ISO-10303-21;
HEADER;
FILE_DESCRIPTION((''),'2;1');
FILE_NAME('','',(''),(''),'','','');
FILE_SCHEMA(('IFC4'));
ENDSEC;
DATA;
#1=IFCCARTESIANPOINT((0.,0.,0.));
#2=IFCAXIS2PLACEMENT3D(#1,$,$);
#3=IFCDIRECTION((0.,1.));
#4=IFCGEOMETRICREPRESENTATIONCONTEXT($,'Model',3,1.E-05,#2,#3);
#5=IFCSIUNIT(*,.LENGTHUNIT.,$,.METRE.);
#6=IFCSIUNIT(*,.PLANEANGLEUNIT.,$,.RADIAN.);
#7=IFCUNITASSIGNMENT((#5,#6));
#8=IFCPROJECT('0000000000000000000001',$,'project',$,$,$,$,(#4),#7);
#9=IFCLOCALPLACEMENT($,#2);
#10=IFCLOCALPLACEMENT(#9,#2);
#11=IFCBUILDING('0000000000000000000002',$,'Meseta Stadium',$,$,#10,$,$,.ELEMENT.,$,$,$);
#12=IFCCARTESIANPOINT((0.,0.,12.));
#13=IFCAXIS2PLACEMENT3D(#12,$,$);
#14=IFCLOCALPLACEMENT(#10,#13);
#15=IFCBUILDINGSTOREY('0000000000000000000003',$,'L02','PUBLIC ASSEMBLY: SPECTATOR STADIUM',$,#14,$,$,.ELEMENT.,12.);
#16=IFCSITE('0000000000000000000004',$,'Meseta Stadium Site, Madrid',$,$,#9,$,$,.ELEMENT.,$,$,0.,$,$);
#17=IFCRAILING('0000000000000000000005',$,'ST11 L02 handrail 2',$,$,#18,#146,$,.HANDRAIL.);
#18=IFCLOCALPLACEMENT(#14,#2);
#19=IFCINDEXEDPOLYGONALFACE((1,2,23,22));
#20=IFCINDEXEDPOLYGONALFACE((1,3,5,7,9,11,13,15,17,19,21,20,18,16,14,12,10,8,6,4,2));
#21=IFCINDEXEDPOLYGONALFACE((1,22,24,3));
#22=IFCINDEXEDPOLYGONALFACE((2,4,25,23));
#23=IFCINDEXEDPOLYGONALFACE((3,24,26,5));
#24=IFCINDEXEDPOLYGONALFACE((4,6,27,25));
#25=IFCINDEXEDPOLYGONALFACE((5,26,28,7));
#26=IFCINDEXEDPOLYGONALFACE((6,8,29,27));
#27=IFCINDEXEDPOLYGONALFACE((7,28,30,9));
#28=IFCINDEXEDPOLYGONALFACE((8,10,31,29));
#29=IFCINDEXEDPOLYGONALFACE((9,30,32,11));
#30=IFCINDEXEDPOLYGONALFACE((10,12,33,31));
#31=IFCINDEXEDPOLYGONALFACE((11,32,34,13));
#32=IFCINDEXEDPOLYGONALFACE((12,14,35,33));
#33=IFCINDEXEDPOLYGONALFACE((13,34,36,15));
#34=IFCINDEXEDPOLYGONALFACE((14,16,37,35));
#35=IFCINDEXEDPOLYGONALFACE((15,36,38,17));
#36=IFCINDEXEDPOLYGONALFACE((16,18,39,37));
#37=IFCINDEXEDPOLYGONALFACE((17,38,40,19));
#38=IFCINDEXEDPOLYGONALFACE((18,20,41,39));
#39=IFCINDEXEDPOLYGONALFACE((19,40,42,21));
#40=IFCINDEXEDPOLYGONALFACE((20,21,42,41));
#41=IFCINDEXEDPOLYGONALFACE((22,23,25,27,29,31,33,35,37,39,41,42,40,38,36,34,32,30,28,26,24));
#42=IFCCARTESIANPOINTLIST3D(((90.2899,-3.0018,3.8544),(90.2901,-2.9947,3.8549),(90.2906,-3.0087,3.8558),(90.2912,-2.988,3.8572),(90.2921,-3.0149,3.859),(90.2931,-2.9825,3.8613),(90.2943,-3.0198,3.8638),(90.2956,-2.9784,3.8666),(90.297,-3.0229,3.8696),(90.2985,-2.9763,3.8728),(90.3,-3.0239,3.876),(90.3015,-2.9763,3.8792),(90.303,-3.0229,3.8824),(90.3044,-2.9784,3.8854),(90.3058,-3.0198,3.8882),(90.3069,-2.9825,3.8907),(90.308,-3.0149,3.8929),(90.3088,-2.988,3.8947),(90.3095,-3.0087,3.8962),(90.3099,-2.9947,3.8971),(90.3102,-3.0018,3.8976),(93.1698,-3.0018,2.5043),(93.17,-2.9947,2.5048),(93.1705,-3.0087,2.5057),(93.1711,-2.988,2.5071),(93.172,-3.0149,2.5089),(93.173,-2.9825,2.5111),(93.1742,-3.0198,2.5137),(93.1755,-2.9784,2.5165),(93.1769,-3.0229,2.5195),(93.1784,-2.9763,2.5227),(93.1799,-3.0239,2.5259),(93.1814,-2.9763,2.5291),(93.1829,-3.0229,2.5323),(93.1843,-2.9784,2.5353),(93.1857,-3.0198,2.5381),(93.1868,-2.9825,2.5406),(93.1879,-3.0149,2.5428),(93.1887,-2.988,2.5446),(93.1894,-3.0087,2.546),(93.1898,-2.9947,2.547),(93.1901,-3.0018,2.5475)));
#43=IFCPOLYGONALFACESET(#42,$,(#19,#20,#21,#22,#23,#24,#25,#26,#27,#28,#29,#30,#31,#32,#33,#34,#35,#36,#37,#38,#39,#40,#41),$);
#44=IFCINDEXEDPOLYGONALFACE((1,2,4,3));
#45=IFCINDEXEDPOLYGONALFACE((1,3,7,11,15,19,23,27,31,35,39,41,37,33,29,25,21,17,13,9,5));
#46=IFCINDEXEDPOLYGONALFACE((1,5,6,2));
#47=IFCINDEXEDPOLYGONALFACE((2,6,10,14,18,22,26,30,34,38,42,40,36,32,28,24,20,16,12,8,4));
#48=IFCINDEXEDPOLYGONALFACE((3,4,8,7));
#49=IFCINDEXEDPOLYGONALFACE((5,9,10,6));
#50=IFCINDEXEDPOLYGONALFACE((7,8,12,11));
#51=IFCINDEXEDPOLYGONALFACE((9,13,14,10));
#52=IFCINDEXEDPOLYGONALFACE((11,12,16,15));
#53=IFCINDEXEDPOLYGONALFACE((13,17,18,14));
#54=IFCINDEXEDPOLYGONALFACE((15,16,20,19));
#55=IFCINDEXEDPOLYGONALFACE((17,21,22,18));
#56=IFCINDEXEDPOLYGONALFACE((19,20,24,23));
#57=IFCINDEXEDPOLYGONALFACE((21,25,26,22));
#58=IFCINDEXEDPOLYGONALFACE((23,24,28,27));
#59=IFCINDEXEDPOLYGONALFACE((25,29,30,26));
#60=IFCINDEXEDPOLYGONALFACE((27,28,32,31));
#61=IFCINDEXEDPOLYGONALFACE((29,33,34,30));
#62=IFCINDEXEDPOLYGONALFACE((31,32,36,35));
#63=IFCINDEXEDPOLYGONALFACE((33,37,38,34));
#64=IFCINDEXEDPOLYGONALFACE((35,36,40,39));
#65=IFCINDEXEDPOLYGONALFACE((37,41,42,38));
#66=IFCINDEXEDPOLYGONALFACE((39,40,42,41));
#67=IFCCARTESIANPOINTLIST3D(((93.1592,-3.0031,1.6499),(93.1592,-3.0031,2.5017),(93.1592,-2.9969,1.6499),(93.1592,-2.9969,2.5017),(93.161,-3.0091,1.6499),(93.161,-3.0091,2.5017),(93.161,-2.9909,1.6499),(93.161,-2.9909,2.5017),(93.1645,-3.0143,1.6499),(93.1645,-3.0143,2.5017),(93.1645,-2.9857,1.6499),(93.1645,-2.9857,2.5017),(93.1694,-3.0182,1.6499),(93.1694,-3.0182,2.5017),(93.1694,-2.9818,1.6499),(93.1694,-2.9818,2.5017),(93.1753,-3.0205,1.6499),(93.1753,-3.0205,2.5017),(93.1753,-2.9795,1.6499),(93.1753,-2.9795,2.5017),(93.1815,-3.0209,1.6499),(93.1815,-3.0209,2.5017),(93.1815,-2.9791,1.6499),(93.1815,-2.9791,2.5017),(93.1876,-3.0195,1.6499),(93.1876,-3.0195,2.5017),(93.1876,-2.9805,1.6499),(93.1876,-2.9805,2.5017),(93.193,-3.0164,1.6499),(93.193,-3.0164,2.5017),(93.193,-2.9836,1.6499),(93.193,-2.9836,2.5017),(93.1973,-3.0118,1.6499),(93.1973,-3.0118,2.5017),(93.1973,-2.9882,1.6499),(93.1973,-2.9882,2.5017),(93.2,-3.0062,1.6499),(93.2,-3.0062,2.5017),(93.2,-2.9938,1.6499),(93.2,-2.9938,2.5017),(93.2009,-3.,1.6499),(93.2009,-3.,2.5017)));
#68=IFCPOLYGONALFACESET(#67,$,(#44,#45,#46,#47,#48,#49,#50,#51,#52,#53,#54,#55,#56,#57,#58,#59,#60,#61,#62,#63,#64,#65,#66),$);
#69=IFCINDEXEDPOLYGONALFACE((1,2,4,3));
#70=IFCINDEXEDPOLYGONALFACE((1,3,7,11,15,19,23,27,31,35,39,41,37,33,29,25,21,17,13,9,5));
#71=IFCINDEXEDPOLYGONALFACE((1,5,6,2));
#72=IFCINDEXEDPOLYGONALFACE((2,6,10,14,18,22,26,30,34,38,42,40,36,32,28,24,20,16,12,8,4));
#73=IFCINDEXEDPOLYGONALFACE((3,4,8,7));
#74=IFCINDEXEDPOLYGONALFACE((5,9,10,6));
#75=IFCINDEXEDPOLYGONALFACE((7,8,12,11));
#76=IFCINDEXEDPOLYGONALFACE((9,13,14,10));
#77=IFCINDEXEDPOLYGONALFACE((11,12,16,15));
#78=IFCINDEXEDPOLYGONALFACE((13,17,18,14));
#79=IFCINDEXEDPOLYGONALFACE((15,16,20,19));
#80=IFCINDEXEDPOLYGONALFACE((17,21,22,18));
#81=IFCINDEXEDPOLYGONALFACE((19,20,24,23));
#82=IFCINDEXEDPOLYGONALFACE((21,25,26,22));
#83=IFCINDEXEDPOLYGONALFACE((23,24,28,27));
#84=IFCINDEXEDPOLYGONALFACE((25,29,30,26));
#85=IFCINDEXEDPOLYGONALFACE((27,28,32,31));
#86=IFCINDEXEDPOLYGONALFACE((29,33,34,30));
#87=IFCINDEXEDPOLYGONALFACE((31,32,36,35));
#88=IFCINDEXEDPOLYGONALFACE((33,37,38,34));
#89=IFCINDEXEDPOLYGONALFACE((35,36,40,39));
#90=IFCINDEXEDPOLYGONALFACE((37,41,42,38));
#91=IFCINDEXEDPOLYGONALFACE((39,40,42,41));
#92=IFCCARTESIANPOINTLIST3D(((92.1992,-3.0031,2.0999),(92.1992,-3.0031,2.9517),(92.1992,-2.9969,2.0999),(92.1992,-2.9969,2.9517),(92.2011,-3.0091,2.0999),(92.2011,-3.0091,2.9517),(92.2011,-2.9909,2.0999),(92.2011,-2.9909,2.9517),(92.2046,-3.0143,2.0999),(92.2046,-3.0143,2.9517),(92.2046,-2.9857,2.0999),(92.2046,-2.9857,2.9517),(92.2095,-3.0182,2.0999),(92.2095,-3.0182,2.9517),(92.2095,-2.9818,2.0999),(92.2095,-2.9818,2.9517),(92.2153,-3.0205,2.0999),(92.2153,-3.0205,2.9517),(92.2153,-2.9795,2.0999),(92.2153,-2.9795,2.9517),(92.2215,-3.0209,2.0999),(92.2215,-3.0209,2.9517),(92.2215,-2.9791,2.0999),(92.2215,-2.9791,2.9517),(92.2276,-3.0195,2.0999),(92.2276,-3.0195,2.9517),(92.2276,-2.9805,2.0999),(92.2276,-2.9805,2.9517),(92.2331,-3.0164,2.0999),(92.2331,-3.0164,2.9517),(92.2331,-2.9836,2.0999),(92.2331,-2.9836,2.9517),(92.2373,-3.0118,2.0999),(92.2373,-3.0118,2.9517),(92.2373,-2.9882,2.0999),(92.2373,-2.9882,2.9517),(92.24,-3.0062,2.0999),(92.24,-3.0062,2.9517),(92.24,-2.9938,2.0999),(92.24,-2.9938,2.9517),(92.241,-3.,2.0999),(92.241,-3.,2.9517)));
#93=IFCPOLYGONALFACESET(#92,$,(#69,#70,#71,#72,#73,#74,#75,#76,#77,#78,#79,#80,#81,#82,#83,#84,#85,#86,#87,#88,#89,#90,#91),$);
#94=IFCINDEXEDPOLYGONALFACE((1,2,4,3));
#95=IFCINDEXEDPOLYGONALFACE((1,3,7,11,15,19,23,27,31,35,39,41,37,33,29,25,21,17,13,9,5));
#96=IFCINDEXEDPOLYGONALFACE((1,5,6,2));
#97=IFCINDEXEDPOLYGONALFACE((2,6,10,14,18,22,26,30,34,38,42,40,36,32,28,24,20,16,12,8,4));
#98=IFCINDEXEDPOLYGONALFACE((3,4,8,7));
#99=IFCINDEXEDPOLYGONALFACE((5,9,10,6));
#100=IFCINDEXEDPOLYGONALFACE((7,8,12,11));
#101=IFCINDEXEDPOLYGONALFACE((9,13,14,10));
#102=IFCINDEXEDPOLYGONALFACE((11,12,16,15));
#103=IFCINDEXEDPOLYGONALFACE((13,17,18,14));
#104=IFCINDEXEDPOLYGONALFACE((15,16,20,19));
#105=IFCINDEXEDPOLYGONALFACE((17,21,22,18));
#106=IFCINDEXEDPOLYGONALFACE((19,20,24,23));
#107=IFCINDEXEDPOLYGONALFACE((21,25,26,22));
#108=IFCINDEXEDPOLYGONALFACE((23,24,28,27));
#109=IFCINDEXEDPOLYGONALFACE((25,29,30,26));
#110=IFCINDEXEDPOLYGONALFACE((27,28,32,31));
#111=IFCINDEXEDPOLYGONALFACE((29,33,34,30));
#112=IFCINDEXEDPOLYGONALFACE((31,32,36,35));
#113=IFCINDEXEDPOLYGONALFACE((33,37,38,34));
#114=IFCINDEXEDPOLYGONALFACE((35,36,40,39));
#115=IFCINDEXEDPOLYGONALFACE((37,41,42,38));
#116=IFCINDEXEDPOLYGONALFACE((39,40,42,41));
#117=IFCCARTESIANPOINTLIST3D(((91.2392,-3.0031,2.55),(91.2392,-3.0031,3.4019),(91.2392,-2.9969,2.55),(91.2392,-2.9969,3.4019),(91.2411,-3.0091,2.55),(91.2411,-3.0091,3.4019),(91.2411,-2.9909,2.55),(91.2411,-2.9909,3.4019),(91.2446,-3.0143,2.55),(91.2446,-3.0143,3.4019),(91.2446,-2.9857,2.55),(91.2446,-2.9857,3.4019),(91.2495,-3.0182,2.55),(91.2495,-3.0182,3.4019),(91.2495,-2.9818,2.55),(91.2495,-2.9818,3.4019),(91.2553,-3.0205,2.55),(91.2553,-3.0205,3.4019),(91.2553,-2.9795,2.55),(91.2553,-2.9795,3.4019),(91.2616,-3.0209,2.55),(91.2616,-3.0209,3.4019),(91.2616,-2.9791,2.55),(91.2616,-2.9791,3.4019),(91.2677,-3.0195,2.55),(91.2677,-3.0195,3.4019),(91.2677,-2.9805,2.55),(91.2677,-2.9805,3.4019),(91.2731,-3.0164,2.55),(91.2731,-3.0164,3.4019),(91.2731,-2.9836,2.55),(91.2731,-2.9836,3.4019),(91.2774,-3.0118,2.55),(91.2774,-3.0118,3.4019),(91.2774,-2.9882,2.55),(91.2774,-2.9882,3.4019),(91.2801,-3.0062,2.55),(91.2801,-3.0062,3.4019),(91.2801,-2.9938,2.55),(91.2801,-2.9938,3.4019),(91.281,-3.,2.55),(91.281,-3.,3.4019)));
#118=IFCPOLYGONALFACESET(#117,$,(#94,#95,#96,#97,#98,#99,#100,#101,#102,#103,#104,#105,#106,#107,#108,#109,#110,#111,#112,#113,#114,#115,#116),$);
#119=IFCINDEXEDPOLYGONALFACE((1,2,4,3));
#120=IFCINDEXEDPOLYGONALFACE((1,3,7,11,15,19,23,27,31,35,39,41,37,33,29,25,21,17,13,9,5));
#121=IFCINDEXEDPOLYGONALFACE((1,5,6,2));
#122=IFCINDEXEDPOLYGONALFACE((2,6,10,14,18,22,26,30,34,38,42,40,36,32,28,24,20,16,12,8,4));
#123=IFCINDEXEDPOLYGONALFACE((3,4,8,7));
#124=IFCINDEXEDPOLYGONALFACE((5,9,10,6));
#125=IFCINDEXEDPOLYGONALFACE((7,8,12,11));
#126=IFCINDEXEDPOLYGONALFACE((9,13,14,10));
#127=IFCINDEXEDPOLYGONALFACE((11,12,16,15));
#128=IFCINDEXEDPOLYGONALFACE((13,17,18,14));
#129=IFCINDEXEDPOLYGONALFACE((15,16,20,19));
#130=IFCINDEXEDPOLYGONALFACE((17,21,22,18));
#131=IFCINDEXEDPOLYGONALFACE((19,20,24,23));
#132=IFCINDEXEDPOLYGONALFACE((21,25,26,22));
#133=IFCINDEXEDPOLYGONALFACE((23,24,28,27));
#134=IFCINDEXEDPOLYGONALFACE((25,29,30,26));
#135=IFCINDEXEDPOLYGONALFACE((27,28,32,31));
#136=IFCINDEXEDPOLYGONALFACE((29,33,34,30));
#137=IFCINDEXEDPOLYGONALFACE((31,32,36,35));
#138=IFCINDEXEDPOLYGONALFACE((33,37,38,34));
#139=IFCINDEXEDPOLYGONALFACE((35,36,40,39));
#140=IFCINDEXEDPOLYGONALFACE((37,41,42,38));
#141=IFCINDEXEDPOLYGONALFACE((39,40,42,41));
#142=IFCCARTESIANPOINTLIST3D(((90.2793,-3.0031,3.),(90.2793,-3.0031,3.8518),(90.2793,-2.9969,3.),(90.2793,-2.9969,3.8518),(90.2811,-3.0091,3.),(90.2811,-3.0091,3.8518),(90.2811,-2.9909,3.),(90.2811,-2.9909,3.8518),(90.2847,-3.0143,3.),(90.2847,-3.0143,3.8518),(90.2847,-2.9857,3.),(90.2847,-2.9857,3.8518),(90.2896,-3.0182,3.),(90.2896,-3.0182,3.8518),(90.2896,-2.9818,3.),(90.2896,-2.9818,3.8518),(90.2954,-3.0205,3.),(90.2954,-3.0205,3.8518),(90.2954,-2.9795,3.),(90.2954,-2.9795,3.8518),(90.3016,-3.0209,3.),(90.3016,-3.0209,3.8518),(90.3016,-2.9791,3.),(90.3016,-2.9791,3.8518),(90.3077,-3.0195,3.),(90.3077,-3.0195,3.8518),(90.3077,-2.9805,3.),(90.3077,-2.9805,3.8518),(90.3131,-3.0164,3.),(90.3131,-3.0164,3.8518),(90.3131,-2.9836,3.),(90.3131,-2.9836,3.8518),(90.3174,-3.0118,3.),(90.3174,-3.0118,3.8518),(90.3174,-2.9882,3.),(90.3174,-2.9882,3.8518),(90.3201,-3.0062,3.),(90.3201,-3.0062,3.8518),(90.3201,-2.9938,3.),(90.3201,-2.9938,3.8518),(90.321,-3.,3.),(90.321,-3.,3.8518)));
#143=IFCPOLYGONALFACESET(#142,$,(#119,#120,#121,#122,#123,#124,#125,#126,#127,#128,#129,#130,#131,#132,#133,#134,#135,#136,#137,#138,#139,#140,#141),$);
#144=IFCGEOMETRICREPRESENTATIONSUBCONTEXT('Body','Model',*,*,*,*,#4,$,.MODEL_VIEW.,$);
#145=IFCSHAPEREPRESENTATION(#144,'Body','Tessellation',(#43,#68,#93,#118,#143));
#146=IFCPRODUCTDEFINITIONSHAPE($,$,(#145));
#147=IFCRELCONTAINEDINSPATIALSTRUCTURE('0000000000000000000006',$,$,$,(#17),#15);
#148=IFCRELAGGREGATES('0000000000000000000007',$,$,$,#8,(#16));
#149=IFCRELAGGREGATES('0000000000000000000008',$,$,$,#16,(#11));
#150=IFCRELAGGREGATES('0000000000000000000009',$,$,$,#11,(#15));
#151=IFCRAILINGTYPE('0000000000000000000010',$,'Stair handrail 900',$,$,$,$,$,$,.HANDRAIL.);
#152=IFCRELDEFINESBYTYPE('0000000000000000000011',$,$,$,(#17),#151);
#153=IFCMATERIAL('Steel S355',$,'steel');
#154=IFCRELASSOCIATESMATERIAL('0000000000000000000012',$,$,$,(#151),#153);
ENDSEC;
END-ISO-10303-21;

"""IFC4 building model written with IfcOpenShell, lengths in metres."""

from ifc_helpers import new_model, si_unit, direction, frame, origin, origin_2d, place, context, subcontext, project, spatial, circle, extrude, material, type_object, element, save


model = new_model("IFC4")

# Units and contexts
model_context = context("Model", 3, precision=1e-05, world=origin(), true_north=direction((0.0, 1.0)))
body_context = subcontext(model_context, "Body", "Model", "MODEL_VIEW")
ifc_project = project(units=[si_unit("LENGTHUNIT", "METRE"), si_unit("PLANEANGLEUNIT", "RADIAN")], contexts=[model_context])

# Site, building, storey
site_placement = place(None, origin())
site = spatial("IfcSite", under=ifc_project, at=site_placement, Name="Meseta Stadium Site, Madrid", CompositionType="ELEMENT", RefElevation=0.0)
building_placement = place(site_placement, origin())
building = spatial("IfcBuilding", under=site, at=building_placement, Name="Meseta Stadium", CompositionType="ELEMENT")
storey_placement = place(building_placement, frame((0.0, 0.0, 12.0)))
storey = spatial("IfcBuildingStorey", under=building, at=storey_placement, Name="L02", Description="PUBLIC ASSEMBLY: SPECTATOR STADIUM", CompositionType="ELEMENT", Elevation=12.0)

# Railing
ifc_material_1 = material(Name="Steel S355", Category="steel")
railing_type_1 = type_object("IfcRailingType", Name="Stair handrail 900", PredefinedType="HANDRAIL", material=ifc_material_1)
railing_1_placement = place(storey_placement, frame((93.1799, -3.0, 1.6499)))
element("IfcRailing", 1, at=railing_1_placement, inside=storey, type_object=railing_type_1, Name="ST11 L02 handrail 2", PredefinedType="HANDRAIL", context=body_context, shape_type="SweptSolid", body=[
    extrude(circle(Radius=0.0239, at=origin_2d()), frame((0.0, 0.0, 0.876), z_axis=(-0.90544, 0.0, 0.424473), x_axis=(0.0, -1.0, 0.0)), (0.0, 0.0, 1.0), 3.1807),
    extrude(circle(Radius=0.021, at=origin_2d()), origin(), (0.0, 0.0, 1.0), 0.8518),
    extrude(circle(Radius=0.021, at=origin_2d()), frame((-0.96, 0.0, 0.45)), (0.0, 0.0, 1.0), 0.8518),
    extrude(circle(Radius=0.021, at=origin_2d()), frame((-1.9199, 0.0, 0.9001)), (0.0, 0.0, 1.0), 0.8518),
    extrude(circle(Radius=0.021, at=origin_2d()), frame((-2.8799, 0.0, 1.3501)), (0.0, 0.0, 1.0), 0.8518),
])

save(model, "model.ifc")
